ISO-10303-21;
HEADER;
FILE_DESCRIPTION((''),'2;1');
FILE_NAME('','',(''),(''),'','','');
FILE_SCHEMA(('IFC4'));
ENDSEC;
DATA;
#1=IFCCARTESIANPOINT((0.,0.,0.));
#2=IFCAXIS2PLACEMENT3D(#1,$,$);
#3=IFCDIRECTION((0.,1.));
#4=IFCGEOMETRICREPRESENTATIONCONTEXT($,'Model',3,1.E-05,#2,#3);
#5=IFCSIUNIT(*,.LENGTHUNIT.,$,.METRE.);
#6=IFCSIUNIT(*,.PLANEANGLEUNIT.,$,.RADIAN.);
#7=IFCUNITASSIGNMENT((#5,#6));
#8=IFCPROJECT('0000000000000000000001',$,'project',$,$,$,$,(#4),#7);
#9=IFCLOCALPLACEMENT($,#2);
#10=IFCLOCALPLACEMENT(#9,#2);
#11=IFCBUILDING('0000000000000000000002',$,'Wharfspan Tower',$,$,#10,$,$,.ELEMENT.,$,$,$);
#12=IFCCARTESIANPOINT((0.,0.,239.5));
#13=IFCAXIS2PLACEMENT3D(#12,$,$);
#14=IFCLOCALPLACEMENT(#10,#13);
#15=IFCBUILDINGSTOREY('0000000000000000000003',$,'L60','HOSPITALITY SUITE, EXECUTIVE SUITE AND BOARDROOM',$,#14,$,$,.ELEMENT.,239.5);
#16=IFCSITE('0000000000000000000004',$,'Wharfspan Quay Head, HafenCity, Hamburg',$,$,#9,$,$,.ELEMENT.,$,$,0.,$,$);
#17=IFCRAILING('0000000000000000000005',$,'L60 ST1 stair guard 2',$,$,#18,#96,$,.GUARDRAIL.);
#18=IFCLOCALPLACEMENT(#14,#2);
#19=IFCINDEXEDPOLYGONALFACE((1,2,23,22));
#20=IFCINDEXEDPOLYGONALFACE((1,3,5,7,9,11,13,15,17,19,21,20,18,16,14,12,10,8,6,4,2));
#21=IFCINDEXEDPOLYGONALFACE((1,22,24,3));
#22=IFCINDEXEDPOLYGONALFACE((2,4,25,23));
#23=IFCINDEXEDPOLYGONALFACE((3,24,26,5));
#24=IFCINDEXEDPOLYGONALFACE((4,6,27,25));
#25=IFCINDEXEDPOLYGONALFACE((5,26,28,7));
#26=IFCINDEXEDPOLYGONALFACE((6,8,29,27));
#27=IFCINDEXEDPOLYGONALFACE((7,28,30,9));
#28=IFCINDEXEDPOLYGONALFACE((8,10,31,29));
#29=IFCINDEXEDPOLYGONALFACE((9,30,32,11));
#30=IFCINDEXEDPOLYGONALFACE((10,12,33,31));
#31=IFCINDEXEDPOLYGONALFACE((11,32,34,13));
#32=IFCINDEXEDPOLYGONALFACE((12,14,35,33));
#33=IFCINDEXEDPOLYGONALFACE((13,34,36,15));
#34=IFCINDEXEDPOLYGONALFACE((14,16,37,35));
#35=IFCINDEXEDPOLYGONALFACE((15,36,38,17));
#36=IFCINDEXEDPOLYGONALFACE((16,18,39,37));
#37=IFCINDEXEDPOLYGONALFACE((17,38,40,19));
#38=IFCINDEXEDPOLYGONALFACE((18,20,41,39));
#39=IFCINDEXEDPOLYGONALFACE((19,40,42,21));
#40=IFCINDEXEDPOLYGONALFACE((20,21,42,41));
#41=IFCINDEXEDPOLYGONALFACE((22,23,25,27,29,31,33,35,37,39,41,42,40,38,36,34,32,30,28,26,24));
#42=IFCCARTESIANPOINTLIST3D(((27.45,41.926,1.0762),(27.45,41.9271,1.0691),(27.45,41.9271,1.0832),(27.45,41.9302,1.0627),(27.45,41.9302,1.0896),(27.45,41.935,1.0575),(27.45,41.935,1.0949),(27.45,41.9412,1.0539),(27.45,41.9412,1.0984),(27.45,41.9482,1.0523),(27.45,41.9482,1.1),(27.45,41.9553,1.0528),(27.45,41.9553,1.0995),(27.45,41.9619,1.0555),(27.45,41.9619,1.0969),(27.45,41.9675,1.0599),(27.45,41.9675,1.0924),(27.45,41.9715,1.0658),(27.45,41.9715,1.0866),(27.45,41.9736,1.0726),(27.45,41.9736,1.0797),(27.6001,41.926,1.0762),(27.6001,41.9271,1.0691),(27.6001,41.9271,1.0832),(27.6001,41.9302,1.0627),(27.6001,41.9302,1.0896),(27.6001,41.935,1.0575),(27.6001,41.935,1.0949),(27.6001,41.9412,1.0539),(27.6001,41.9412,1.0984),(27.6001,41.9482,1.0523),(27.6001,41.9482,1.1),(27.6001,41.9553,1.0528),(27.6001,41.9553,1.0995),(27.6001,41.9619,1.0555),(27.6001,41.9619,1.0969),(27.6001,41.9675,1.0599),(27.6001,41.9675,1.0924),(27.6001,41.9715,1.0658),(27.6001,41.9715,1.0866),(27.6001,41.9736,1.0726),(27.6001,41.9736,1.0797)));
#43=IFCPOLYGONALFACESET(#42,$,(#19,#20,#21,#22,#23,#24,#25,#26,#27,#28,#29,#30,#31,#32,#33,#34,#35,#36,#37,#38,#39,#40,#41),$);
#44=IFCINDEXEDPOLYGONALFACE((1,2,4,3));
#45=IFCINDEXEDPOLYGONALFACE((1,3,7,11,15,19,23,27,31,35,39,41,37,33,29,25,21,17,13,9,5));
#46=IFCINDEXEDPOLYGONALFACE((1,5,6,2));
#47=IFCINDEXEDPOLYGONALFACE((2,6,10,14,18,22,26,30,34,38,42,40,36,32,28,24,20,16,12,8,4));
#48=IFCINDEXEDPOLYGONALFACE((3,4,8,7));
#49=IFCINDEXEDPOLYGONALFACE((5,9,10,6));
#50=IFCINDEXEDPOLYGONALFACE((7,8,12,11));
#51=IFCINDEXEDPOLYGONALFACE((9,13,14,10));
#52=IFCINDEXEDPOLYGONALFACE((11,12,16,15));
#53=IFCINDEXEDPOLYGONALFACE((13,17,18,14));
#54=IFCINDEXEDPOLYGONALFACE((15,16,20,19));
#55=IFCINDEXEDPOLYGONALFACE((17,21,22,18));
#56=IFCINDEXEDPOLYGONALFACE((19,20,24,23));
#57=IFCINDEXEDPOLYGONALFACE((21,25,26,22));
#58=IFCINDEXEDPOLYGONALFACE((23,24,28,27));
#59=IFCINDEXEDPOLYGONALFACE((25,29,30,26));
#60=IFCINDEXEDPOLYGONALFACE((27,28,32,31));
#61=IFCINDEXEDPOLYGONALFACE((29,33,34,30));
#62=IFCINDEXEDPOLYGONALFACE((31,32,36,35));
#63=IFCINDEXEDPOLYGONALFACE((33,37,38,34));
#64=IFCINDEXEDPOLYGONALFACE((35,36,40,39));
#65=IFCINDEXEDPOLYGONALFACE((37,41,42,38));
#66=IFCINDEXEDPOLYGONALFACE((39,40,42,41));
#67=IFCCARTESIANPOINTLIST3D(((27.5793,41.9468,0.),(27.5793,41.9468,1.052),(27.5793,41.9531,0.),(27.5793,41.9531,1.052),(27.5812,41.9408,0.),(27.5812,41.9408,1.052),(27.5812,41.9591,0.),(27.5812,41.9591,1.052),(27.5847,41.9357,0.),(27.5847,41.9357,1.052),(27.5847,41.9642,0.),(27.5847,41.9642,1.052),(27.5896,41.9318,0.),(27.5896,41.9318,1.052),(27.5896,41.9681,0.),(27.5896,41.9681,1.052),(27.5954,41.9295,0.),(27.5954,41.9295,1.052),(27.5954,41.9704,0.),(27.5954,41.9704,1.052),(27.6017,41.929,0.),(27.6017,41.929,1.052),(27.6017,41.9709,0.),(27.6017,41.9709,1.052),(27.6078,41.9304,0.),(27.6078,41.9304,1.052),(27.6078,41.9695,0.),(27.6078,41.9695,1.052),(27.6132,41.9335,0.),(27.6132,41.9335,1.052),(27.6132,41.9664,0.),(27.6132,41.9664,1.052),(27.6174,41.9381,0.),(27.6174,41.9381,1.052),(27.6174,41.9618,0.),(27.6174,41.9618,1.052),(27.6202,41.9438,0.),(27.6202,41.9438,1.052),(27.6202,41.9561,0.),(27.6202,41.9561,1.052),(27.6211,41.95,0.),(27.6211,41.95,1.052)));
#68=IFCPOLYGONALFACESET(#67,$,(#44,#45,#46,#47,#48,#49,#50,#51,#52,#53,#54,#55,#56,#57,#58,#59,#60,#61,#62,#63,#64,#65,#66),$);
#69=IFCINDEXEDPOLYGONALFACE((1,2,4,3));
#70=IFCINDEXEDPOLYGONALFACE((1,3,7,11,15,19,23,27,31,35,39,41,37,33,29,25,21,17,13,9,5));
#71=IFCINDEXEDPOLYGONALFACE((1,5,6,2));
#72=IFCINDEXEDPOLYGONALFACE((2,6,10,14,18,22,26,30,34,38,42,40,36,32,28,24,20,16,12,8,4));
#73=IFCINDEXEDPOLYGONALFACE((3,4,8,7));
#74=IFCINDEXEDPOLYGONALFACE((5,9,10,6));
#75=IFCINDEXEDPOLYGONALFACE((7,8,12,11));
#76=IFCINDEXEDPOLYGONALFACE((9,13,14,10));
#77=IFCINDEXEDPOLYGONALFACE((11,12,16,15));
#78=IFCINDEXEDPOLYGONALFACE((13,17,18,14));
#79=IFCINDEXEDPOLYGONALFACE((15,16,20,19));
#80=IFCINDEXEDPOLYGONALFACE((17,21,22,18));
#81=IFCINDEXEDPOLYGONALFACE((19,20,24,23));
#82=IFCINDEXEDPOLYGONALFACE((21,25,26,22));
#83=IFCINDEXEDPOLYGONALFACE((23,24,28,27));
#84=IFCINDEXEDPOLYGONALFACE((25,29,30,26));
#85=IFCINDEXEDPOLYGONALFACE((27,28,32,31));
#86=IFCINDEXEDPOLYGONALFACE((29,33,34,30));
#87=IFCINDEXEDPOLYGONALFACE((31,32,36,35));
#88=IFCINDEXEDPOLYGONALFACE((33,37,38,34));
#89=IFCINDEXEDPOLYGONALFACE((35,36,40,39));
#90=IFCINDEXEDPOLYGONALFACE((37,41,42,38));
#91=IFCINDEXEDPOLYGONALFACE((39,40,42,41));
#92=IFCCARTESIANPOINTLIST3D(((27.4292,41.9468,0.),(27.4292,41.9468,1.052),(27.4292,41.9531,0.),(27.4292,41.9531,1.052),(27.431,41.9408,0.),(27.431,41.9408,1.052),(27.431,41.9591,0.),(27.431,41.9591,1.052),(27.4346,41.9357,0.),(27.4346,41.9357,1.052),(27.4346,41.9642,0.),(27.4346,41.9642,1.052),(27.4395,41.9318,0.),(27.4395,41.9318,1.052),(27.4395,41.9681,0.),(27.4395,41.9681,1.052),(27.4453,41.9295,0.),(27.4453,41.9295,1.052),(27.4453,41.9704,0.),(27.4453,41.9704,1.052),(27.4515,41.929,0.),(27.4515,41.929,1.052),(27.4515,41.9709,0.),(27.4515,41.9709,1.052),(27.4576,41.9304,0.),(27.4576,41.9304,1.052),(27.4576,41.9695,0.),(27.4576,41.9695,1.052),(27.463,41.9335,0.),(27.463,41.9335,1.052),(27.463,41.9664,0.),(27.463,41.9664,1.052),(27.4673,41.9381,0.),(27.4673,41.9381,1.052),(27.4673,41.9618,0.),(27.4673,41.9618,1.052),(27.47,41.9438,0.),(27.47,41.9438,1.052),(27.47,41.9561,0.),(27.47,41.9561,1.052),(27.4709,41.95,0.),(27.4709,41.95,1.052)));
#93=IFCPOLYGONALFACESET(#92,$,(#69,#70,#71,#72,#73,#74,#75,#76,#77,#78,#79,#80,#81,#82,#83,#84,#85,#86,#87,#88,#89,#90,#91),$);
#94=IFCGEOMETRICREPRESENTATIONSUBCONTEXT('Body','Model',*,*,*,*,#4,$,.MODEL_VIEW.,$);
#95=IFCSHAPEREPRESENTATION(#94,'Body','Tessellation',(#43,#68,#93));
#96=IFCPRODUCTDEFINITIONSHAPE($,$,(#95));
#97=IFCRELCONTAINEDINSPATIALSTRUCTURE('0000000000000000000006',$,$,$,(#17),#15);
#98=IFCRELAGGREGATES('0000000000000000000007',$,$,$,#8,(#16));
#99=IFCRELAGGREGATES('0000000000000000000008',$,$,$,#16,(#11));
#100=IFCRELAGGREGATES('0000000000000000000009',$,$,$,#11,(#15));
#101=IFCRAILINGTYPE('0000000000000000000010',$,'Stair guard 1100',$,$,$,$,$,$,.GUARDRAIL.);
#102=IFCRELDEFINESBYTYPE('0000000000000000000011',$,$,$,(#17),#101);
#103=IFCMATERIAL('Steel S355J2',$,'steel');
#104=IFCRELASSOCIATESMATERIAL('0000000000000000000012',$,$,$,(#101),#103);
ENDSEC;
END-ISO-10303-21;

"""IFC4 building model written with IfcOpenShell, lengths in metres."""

from ifc_helpers import new_model, si_unit, direction, frame, origin, origin_2d, place, context, subcontext, project, spatial, circle, extrude, material, type_object, element, save


model = new_model("IFC4")

# Units and contexts
model_context = context("Model", 3, precision=1e-05, world=origin(), true_north=direction((0.0, 1.0)))
body_context = subcontext(model_context, "Body", "Model", "MODEL_VIEW")
ifc_project = project(units=[si_unit("LENGTHUNIT", "METRE"), si_unit("PLANEANGLEUNIT", "RADIAN")], contexts=[model_context])

# Site, building, storey
site_placement = place(None, origin())
site = spatial("IfcSite", under=ifc_project, at=site_placement, Name="Wharfspan Quay Head, HafenCity, Hamburg", CompositionType="ELEMENT", RefElevation=0.0)
building_placement = place(site_placement, origin())
building = spatial("IfcBuilding", under=site, at=building_placement, Name="Wharfspan Tower", CompositionType="ELEMENT")
storey_placement = place(building_placement, frame((0.0, 0.0, 239.5)))
storey = spatial("IfcBuildingStorey", under=building, at=storey_placement, Name="L60", Description="HOSPITALITY SUITE, EXECUTIVE SUITE AND BOARDROOM", CompositionType="ELEMENT", Elevation=239.5)

# Railing
ifc_material_1 = material(Name="Steel S355J2", Category="steel")
railing_type = type_object("IfcRailingType", Name="Stair guard 1100", PredefinedType="GUARDRAIL", material=ifc_material_1)
railing_1_placement = place(storey_placement, frame((27.6001, 41.95, 0.0)))
element("IfcRailing", 1, at=railing_1_placement, inside=storey, type_object=railing_type, Name="L60 ST1 stair guard 2", PredefinedType="GUARDRAIL", context=body_context, shape_type="SweptSolid", body=[
    extrude(circle(Radius=0.0239, at=origin_2d()), frame((0.0, 0.0, 1.0762), z_axis=(-1.0, 0.0, 0.0), x_axis=(0.0, -1.0, 0.0)), (0.0, 0.0, 1.0), 0.1501),
    extrude(circle(Radius=0.021, at=origin_2d()), origin(), (0.0, 0.0, 1.0), 1.052),
    extrude(circle(Radius=0.021, at=origin_2d()), frame((-0.1501, 0.0, 0.0)), (0.0, 0.0, 1.0), 1.052),
])

save(model, "model.ifc")
